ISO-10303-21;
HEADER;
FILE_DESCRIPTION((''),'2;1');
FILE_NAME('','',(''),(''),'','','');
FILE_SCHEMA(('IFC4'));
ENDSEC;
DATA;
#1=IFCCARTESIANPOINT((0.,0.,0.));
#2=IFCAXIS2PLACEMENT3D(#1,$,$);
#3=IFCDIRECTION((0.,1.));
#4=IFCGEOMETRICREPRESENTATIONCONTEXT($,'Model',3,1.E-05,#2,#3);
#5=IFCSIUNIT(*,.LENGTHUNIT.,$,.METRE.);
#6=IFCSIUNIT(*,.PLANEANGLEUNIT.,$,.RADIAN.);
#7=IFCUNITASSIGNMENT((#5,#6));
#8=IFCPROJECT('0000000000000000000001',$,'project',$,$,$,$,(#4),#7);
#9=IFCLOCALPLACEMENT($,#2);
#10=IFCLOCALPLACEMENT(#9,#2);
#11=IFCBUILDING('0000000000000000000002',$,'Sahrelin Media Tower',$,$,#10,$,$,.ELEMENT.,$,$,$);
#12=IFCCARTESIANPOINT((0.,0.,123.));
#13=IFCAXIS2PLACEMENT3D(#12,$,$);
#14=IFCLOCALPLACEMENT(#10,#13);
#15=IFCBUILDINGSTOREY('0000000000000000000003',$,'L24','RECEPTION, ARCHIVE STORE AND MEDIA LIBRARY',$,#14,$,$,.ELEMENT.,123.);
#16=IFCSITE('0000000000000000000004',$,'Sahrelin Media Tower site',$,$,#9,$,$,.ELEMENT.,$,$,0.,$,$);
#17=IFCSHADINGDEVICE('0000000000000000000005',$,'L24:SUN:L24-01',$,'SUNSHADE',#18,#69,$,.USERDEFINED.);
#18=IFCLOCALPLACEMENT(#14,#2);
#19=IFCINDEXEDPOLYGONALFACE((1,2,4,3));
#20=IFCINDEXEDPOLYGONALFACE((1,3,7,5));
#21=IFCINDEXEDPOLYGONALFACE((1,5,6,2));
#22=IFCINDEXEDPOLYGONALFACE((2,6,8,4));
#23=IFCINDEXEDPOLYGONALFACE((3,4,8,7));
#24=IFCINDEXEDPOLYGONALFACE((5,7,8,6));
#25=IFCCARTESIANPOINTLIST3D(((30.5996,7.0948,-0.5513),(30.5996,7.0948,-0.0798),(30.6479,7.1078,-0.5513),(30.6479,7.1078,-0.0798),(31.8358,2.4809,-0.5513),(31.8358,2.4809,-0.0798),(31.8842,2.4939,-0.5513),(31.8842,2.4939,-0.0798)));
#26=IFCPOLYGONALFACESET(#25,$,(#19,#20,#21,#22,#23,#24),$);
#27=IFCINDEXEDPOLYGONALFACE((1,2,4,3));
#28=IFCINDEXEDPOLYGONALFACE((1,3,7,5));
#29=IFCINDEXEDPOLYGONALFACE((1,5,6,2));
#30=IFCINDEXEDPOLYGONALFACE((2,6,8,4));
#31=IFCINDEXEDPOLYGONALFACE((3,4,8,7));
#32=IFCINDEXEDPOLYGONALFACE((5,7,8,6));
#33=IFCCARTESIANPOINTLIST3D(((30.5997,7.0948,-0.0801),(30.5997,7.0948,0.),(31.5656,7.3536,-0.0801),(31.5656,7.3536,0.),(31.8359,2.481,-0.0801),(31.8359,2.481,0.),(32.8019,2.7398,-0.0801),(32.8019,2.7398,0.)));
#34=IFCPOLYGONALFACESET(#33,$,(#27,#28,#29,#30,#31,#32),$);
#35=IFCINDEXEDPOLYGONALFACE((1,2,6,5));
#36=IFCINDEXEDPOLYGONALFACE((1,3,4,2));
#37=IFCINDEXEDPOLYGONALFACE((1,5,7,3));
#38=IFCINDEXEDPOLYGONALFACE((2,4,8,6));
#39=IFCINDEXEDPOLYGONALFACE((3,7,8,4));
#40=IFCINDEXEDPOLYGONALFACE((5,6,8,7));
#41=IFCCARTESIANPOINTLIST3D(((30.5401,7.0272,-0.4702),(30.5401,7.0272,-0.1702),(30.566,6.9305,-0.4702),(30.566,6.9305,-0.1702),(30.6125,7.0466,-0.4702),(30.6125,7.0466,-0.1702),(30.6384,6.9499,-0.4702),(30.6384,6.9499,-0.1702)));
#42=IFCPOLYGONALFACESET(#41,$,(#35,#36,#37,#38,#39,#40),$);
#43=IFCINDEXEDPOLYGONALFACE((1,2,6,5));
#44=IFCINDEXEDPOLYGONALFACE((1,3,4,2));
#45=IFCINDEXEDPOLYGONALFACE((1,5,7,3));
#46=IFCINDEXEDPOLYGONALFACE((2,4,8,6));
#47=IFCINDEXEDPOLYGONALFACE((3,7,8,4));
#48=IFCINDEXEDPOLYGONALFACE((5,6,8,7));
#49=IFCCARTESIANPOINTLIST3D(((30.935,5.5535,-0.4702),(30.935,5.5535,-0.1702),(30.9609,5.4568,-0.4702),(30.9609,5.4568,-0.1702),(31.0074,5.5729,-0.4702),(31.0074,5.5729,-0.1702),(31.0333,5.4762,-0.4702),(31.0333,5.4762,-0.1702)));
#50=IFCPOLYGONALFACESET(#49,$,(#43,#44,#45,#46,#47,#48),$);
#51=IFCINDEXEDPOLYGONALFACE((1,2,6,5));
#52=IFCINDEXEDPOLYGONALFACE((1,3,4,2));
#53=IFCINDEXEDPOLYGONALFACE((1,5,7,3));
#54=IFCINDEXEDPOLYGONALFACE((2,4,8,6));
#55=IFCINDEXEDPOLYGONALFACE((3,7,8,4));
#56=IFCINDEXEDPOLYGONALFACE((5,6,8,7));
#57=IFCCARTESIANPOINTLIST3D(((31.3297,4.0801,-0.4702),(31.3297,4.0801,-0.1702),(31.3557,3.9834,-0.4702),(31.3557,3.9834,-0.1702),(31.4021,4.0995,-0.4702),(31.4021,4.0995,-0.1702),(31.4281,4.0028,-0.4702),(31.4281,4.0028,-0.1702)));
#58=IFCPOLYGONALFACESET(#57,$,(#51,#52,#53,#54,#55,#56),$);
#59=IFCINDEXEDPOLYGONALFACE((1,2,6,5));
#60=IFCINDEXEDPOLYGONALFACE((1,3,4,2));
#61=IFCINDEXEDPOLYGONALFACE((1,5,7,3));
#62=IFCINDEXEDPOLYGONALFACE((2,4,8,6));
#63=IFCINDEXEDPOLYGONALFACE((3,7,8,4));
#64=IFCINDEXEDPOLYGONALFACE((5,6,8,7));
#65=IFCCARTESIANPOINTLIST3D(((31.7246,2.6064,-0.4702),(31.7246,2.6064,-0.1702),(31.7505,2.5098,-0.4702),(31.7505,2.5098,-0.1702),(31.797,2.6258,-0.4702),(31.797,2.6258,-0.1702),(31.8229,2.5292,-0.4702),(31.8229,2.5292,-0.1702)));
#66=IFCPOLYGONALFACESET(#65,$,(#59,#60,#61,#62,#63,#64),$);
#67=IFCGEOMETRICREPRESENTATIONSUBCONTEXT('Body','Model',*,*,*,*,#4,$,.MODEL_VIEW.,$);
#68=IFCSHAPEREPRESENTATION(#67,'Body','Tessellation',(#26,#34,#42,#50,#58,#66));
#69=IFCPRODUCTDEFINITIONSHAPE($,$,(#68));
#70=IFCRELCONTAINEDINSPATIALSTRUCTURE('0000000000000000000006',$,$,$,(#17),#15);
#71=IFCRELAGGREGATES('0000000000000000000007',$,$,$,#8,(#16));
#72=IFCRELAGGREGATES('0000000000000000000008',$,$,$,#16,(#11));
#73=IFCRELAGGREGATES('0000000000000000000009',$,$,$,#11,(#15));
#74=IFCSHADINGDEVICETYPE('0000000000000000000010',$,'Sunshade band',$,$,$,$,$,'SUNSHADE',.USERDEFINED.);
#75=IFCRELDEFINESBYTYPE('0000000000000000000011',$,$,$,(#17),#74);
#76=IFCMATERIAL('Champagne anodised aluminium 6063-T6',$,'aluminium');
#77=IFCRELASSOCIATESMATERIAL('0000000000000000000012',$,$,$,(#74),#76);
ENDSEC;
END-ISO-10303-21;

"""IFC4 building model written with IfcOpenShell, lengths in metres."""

from ifc_helpers import new_model, si_unit, direction, frame, origin, origin_2d, place, context, subcontext, project, spatial, rectangle, extrude, material, type_object, element, save


model = new_model("IFC4")

# Units and contexts
model_context = context("Model", 3, precision=1e-05, world=origin(), true_north=direction((0.0, 1.0)))
body_context = subcontext(model_context, "Body", "Model", "MODEL_VIEW")
ifc_project = project(units=[si_unit("LENGTHUNIT", "METRE"), si_unit("PLANEANGLEUNIT", "RADIAN")], contexts=[model_context])

# Site, building, storey
site_placement = place(None, origin())
site = spatial("IfcSite", under=ifc_project, at=site_placement, Name="Sahrelin Media Tower site", CompositionType="ELEMENT", RefElevation=0.0)
building_placement = place(site_placement, origin())
building = spatial("IfcBuilding", under=site, at=building_placement, Name="Sahrelin Media Tower", CompositionType="ELEMENT")
storey_placement = place(building_placement, frame((0.0, 0.0, 123.0)))
storey = spatial("IfcBuildingStorey", under=building, at=storey_placement, Name="L24", Description="RECEPTION, ARCHIVE STORE AND MEDIA LIBRARY", CompositionType="ELEMENT", Elevation=123.0)

# Shared definitions
ifc_material_1 = material(Name="Champagne anodised aluminium 6063-T6", Category="aluminium")

# Shading device
placement_1 = place(storey_placement, frame((31.1985, 4.7827, 0.0), z_axis=(0.0, 0.0, 1.0), x_axis=(0.258808, -0.965929, 0.0)))
shading_device_type_1 = type_object("IfcShadingDeviceType", Name="Sunshade band", ElementType="SUNSHADE", PredefinedType="USERDEFINED", material=ifc_material_1)
element("IfcShadingDevice", 1, at=placement_1, inside=storey, type_object=shading_device_type_1, Name="L24:SUN:L24-01", ObjectType="SUNSHADE", PredefinedType="USERDEFINED", context=body_context, shape_type="SweptSolid", body=[
    extrude(rectangle(XDim=4.7766, YDim=0.05, at=origin_2d()), frame((0.0, 0.0449, -0.5513)), (0.0, 0.0, 1.0), 0.4714),
    extrude(rectangle(XDim=4.7766, YDim=1.0, at=origin_2d()), frame((0.0, 0.52, -0.0801)), (0.0, 0.0, 1.0), 0.0801),
    extrude(rectangle(XDim=0.1001, YDim=0.075, at=origin_2d()), frame((-2.2883, -0.0176, -0.4702)), (0.0, 0.0, 1.0), 0.3),
    extrude(rectangle(XDim=0.1001, YDim=0.075, at=origin_2d()), frame((-0.7627, -0.0176, -0.4702)), (0.0, 0.0, 1.0), 0.3),
    extrude(rectangle(XDim=0.1001, YDim=0.075, at=origin_2d()), frame((0.7627, -0.0176, -0.4702)), (0.0, 0.0, 1.0), 0.3),
    extrude(rectangle(XDim=0.1001, YDim=0.075, at=origin_2d()), frame((2.2883, -0.0176, -0.4702)), (0.0, 0.0, 1.0), 0.3),
])

save(model, "model.ifc")
